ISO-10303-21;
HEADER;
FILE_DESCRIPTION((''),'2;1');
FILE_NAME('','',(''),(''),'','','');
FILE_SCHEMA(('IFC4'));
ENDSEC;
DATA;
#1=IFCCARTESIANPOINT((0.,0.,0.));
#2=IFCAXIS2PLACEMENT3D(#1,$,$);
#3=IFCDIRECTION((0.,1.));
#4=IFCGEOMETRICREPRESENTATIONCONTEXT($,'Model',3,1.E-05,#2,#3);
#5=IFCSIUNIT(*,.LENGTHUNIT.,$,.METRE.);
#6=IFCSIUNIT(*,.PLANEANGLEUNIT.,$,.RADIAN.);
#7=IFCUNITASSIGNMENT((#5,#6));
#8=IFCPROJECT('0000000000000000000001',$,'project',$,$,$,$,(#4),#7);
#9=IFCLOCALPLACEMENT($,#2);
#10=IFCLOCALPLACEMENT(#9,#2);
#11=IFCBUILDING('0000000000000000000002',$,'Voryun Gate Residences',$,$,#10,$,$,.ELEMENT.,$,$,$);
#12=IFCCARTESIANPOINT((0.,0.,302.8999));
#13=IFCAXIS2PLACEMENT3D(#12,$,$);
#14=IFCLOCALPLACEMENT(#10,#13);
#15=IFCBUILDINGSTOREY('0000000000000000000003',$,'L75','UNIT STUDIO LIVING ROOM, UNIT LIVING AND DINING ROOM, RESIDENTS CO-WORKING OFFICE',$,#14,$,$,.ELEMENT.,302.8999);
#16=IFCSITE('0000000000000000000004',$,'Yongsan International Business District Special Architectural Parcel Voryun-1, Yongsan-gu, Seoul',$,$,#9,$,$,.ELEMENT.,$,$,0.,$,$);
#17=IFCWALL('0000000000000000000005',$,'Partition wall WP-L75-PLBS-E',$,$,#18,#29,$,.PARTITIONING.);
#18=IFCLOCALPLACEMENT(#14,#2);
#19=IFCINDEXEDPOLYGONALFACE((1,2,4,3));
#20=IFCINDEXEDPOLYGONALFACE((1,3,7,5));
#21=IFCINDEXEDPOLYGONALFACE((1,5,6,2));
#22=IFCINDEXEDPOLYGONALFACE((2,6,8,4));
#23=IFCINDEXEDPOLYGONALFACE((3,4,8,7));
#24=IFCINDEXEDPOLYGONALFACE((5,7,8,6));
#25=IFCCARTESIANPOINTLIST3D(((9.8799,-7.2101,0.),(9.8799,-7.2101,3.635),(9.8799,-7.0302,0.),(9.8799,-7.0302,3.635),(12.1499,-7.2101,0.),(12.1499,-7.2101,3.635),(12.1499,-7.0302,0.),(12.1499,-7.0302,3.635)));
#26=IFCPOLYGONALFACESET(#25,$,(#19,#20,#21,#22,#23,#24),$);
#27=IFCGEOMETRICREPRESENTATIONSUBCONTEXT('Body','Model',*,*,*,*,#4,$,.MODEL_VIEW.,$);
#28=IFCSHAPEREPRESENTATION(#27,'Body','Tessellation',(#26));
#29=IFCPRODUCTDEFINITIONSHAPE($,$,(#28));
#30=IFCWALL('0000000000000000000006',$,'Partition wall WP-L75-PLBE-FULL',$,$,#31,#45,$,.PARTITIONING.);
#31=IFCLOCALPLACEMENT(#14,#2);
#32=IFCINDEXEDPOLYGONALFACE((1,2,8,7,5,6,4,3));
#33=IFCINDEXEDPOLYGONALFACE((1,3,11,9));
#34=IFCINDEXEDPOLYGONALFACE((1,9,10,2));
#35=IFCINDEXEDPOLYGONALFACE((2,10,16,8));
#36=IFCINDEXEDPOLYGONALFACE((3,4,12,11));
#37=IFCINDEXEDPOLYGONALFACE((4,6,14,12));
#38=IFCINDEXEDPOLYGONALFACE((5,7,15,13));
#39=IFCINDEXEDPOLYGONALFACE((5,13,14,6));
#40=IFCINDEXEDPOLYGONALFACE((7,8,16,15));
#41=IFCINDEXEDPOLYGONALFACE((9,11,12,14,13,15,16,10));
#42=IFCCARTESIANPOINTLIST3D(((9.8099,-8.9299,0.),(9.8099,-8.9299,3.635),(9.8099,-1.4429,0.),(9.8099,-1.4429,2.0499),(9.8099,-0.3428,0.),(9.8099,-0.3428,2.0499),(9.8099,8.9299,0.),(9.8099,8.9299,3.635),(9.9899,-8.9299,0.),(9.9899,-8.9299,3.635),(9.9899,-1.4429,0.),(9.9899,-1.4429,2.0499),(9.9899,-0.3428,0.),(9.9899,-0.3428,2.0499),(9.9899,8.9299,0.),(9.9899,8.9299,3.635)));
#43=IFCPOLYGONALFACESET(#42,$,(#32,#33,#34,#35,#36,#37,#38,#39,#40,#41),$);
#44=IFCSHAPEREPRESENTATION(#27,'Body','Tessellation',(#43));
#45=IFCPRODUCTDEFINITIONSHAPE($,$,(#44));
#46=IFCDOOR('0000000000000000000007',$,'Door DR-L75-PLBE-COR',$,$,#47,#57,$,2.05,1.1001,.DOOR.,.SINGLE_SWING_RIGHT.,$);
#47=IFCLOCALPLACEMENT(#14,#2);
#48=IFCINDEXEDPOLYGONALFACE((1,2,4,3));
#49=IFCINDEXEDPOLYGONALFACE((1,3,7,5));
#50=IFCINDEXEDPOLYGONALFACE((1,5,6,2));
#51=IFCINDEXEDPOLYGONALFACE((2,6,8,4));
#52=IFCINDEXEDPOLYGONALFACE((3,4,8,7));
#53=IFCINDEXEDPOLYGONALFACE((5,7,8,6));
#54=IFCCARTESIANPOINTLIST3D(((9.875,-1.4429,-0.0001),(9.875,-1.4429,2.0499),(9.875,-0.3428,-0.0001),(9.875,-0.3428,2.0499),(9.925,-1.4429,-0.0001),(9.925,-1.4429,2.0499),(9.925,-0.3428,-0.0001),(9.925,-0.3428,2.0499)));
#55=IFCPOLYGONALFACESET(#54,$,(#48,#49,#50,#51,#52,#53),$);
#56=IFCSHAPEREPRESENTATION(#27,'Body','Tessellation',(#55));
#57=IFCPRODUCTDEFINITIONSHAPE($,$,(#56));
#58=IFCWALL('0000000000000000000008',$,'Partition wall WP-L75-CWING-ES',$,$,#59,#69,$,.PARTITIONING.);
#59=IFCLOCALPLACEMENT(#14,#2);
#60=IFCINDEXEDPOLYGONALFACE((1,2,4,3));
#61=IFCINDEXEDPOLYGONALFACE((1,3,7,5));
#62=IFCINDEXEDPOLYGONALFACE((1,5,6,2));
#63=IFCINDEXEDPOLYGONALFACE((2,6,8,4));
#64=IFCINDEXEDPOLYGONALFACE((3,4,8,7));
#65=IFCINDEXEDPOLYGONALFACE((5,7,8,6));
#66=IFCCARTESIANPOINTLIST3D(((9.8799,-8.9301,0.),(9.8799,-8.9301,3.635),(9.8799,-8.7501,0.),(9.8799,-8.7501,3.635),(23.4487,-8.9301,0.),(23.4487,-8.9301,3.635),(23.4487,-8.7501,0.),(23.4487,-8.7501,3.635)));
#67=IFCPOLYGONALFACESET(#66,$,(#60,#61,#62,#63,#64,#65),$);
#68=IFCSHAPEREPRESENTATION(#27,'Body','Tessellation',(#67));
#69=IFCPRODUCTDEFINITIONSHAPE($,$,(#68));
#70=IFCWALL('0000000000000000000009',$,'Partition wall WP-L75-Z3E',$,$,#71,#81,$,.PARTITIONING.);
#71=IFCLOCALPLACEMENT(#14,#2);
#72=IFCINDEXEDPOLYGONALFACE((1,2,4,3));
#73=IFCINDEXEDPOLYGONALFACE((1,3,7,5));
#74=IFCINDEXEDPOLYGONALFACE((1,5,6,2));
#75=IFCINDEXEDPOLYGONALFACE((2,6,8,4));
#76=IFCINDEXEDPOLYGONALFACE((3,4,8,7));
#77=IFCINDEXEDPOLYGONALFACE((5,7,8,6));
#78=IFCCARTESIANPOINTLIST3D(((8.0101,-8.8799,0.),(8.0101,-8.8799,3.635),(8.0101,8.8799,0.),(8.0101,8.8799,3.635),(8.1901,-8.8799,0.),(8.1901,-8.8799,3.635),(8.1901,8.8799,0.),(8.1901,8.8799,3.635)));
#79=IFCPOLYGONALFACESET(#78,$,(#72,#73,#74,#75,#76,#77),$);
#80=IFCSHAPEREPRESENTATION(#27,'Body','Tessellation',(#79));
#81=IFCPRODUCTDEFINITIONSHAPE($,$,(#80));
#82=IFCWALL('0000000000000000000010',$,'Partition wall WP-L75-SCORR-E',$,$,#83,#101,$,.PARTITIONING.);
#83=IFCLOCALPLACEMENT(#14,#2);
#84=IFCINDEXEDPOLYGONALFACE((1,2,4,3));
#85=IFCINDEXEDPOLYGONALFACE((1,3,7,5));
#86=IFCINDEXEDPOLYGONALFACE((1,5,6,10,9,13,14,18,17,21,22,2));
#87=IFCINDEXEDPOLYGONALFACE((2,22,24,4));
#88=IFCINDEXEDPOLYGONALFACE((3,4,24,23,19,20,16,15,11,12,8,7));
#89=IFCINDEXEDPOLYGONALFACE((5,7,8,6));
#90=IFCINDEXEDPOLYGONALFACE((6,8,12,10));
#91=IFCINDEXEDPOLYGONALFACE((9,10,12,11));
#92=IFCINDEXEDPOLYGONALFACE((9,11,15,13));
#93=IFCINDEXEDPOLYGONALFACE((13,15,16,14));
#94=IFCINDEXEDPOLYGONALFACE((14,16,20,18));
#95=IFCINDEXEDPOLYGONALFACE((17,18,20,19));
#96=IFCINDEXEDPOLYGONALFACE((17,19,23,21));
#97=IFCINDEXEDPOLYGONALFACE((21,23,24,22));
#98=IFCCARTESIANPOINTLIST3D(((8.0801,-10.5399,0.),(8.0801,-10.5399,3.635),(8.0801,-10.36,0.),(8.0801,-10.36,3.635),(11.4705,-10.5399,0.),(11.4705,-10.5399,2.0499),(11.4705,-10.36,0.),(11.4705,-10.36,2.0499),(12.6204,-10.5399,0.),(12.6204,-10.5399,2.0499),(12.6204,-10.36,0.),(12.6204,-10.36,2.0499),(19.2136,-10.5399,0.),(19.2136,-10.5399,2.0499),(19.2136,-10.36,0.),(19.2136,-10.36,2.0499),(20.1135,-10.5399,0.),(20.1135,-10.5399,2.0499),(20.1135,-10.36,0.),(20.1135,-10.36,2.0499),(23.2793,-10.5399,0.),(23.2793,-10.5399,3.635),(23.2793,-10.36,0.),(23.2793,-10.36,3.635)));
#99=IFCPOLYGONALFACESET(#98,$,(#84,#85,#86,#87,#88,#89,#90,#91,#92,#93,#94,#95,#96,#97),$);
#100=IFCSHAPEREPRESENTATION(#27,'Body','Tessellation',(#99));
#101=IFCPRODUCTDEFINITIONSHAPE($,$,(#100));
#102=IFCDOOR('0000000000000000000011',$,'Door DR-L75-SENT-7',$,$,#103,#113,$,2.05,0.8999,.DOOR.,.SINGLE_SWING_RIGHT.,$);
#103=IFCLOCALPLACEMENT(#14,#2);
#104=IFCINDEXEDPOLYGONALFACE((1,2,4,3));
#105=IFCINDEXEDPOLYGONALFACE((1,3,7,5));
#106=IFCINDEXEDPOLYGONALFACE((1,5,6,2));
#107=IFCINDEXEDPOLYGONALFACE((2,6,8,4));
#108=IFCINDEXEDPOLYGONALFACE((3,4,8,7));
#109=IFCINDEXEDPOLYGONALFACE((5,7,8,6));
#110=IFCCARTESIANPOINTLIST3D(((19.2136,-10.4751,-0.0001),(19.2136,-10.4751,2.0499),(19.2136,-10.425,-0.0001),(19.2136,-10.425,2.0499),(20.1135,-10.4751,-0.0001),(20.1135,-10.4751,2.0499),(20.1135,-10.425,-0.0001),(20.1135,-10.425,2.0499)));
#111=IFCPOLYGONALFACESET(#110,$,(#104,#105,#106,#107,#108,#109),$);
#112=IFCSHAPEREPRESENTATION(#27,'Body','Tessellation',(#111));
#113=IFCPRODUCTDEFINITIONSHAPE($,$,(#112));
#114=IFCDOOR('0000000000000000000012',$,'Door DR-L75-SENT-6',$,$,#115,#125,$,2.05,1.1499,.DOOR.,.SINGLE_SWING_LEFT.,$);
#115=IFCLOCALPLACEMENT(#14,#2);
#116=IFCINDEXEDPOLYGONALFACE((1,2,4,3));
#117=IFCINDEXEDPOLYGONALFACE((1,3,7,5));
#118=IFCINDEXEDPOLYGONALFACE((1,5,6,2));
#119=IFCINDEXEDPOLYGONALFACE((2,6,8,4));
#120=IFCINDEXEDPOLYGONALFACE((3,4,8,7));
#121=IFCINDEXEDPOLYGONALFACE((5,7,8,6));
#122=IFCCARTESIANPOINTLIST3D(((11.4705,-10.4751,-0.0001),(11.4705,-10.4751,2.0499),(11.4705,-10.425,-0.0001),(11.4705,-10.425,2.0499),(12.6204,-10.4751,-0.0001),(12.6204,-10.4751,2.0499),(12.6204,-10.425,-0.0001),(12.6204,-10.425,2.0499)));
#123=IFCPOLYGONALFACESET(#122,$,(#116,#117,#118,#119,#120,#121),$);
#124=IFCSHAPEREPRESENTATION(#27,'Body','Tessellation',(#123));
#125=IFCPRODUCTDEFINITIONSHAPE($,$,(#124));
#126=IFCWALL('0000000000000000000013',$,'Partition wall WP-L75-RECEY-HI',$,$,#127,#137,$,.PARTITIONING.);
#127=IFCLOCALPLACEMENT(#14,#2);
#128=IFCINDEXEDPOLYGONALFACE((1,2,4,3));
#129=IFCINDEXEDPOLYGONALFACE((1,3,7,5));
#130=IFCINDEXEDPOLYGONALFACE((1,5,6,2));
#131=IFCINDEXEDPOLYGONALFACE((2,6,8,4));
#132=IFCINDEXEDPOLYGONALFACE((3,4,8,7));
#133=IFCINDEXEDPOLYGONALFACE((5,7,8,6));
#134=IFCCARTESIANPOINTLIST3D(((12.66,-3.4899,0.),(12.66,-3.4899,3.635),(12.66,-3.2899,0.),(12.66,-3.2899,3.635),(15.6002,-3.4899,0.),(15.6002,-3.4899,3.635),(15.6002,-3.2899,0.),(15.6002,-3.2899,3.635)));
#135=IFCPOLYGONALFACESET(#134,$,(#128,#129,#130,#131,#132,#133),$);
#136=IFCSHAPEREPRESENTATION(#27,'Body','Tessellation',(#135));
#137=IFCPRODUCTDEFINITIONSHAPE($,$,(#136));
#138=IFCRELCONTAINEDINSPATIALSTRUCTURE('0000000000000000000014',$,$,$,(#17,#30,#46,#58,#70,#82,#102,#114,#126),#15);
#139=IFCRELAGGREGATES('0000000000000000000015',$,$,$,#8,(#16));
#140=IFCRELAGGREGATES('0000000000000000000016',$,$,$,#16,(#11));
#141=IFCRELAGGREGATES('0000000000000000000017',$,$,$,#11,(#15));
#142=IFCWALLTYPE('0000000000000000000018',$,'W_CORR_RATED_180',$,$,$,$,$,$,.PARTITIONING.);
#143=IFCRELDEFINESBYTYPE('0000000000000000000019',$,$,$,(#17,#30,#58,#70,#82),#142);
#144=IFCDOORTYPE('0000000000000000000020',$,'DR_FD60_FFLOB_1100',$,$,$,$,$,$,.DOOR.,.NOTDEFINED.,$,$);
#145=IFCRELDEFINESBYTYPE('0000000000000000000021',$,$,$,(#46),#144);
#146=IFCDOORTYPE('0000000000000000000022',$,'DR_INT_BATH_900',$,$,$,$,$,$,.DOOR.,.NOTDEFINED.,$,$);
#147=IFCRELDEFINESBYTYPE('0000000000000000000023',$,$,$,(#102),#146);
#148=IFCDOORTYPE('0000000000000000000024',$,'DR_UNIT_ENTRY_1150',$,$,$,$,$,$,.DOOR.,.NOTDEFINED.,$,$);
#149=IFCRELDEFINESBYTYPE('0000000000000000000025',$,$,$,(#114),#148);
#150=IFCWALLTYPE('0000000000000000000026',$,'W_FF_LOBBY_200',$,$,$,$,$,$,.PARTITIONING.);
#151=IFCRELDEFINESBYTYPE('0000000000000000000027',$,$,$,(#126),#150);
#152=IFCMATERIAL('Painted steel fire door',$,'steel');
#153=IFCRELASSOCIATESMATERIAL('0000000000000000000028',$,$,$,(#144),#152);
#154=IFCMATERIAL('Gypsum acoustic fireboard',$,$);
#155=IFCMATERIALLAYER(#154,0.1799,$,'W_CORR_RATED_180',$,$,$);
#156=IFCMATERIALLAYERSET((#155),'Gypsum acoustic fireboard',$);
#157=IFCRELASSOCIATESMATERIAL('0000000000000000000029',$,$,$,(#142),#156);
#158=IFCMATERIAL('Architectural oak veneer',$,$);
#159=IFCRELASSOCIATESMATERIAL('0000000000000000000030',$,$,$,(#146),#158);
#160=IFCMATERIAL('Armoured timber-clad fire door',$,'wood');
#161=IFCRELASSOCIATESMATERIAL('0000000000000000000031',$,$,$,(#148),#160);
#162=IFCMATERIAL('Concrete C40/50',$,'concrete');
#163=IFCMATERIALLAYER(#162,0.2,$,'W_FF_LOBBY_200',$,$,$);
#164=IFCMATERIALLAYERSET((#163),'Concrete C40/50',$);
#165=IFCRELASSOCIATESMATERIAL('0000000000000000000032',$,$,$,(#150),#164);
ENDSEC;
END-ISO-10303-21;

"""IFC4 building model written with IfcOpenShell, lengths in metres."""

from ifc_helpers import new_model, si_unit, direction, frame, frame_2d, origin, place, context, subcontext, project, spatial, rectangle, extrude, material, layer, layer_set, type_object, element, fill, save


model = new_model("IFC4")

# Units and contexts
model_context = context("Model", 3, precision=1e-05, world=origin(), true_north=direction((0.0, 1.0)))
body_context = subcontext(model_context, "Body", "Model", "MODEL_VIEW")
ifc_project = project(units=[si_unit("LENGTHUNIT", "METRE"), si_unit("PLANEANGLEUNIT", "RADIAN")], contexts=[model_context])

# Site, building, storey
site_placement = place(None, origin())
site = spatial("IfcSite", under=ifc_project, at=site_placement, Name="Yongsan International Business District Special Architectural Parcel Voryun-1, Yongsan-gu, Seoul", CompositionType="ELEMENT", RefElevation=0.0)
building_placement = place(site_placement, origin())
building = spatial("IfcBuilding", under=site, at=building_placement, Name="Voryun Gate Residences", CompositionType="ELEMENT")
storey_placement = place(building_placement, frame((0.0, 0.0, 302.8999)))
storey = spatial("IfcBuildingStorey", under=building, at=storey_placement, Name="L75", Description="UNIT STUDIO LIVING ROOM, UNIT LIVING AND DINING ROOM, RESIDENTS CO-WORKING OFFICE", CompositionType="ELEMENT", Elevation=302.8999)

# Shared definitions
ifc_material_1 = material(Name="Painted steel fire door", Category="steel")
door_type_1 = type_object("IfcDoorType", Name="DR_FD60_FFLOB_1100", OperationType="NOTDEFINED", PredefinedType="DOOR", material=ifc_material_1)

# Wall
ifc_material_2 = material(Name="Gypsum acoustic fireboard")
ifc_layer_1 = layer(ifc_material_2, 0.1799, Name="W_CORR_RATED_180")
ifc_layer_set_1 = layer_set([ifc_layer_1], Name="Gypsum acoustic fireboard")
wall_type_1 = type_object("IfcWallType", Name="W_CORR_RATED_180", PredefinedType="PARTITIONING", material=ifc_layer_set_1)
wall_1_placement = place(storey_placement, frame((9.8799, -7.1201, 0.0), z_axis=(0.0, 0.0, 1.0), x_axis=(1.0, 0.0, 0.0)))
element("IfcWall", 1, at=wall_1_placement, inside=storey, type_object=wall_type_1, Name="Partition wall WP-L75-PLBS-E", PredefinedType="PARTITIONING", context=body_context, shape_type="SweptSolid", body=[
    extrude(rectangle(XDim=2.27, YDim=0.1799, at=frame_2d((1.135, 0.0))), origin(), (0.0, 0.0, 1.0), 3.635),
])

# Wall, opening, door
wall_2_placement = place(storey_placement, frame((9.8999, -8.9299, 0.0), z_axis=(0.0, 0.0, 1.0), x_axis=(0.0, 1.0, 0.0)))
wall_2 = element("IfcWall", 2, at=wall_2_placement, inside=storey, type_object=wall_type_1, Name="Partition wall WP-L75-PLBE-FULL", PredefinedType="PARTITIONING", context=body_context, shape_type="SweptSolid", body=[
    extrude(rectangle(XDim=17.8599, YDim=0.1799, at=frame_2d((8.9299, 0.0))), origin(), (0.0, 0.0, 1.0), 3.635),
])
opening_1_placement = place(wall_2_placement, frame((7.4871, 0.0, 0.0)))
opening_1 = element("IfcOpeningElement", 3, at=opening_1_placement, cuts=wall_2, PredefinedType="OPENING", context=body_context, shape_type="SweptSolid", body=[
    extrude(rectangle(XDim=1.1001, YDim=2.05, at=frame_2d((0.55, 1.0249))), frame((0.0, 0.0999, 0.0), z_axis=(0.0, -1.0, 0.0), x_axis=(1.0, 0.0, 0.0)), (0.0, 0.0, 1.0), 0.2),
])
door_1_placement = place(opening_1_placement, origin())
door_1 = element("IfcDoor", 4, at=door_1_placement, inside=storey, type_object=door_type_1, Name="Door DR-L75-PLBE-COR", OperationType="SINGLE_SWING_RIGHT", OverallHeight=2.05, OverallWidth=1.1001, PredefinedType="DOOR", context=body_context, shape_type="SweptSolid", body=[
    extrude(rectangle(XDim=1.1001, YDim=2.05, at=frame_2d((0.55, 1.0249))), frame((0.0, 0.0249, 0.0), z_axis=(0.0, -1.0, 0.0), x_axis=(1.0, 0.0, 0.0)), (0.0, 0.0, 1.0), 0.05),
])
fill(opening_1, door_1)

# Walls
wall_3_placement = place(storey_placement, frame((9.8799, -8.8401, 0.0), z_axis=(0.0, 0.0, 1.0), x_axis=(1.0, 0.0, 0.0)))
element("IfcWall", 5, at=wall_3_placement, inside=storey, type_object=wall_type_1, Name="Partition wall WP-L75-CWING-ES", PredefinedType="PARTITIONING", context=body_context, shape_type="SweptSolid", body=[
    extrude(rectangle(XDim=13.5688, YDim=0.1799, at=frame_2d((6.7844, 0.0))), origin(), (0.0, 0.0, 1.0), 3.635),
])
wall_4_placement = place(storey_placement, frame((8.1001, -8.8799, 0.0), z_axis=(0.0, 0.0, 1.0), x_axis=(0.0, 1.0, 0.0)))
element("IfcWall", 6, at=wall_4_placement, inside=storey, type_object=wall_type_1, Name="Partition wall WP-L75-Z3E", PredefinedType="PARTITIONING", context=body_context, shape_type="SweptSolid", body=[
    extrude(rectangle(XDim=17.7598, YDim=0.1799, at=frame_2d((8.8799, 0.0))), origin(), (0.0, 0.0, 1.0), 3.635),
])

# Wall, openings, doors
wall_5_placement = place(storey_placement, frame((8.0801, -10.45, 0.0), z_axis=(0.0, 0.0, 1.0), x_axis=(1.0, 0.0, 0.0)))
wall_5 = element("IfcWall", 7, at=wall_5_placement, inside=storey, type_object=wall_type_1, Name="Partition wall WP-L75-SCORR-E", PredefinedType="PARTITIONING", context=body_context, shape_type="SweptSolid", body=[
    extrude(rectangle(XDim=15.1992, YDim=0.1799, at=frame_2d((7.5996, 0.0))), origin(), (0.0, 0.0, 1.0), 3.635),
])
opening_2_placement = place(wall_5_placement, frame((3.3904, 0.0, 0.0)))
opening_2 = element("IfcOpeningElement", 8, at=opening_2_placement, cuts=wall_5, PredefinedType="OPENING", context=body_context, shape_type="SweptSolid", body=[
    extrude(rectangle(XDim=1.1499, YDim=2.05, at=frame_2d((0.575, 1.0249))), frame((0.0, 0.0999, 0.0), z_axis=(0.0, -1.0, 0.0), x_axis=(1.0, 0.0, 0.0)), (0.0, 0.0, 1.0), 0.2),
])
opening_3_placement = place(wall_5_placement, frame((11.1335, 0.0, 0.0)))
opening_3 = element("IfcOpeningElement", 9, at=opening_3_placement, cuts=wall_5, PredefinedType="OPENING", context=body_context, shape_type="SweptSolid", body=[
    extrude(rectangle(XDim=0.8999, YDim=2.05, at=frame_2d((0.45, 1.0249))), frame((0.0, 0.0999, 0.0), z_axis=(0.0, -1.0, 0.0), x_axis=(1.0, 0.0, 0.0)), (0.0, 0.0, 1.0), 0.2),
])
ifc_material_3 = material(Name="Architectural oak veneer")
door_type_2 = type_object("IfcDoorType", Name="DR_INT_BATH_900", OperationType="NOTDEFINED", PredefinedType="DOOR", material=ifc_material_3)
door_2_placement = place(opening_3_placement, origin())
door_2 = element("IfcDoor", 10, at=door_2_placement, inside=storey, type_object=door_type_2, Name="Door DR-L75-SENT-7", OperationType="SINGLE_SWING_RIGHT", OverallHeight=2.05, OverallWidth=0.8999, PredefinedType="DOOR", context=body_context, shape_type="SweptSolid", body=[
    extrude(rectangle(XDim=0.8999, YDim=2.05, at=frame_2d((0.45, 1.0249))), frame((0.0, 0.0249, 0.0), z_axis=(0.0, -1.0, 0.0), x_axis=(1.0, 0.0, 0.0)), (0.0, 0.0, 1.0), 0.05),
])
fill(opening_3, door_2)
ifc_material_4 = material(Name="Armoured timber-clad fire door", Category="wood")
door_type_3 = type_object("IfcDoorType", Name="DR_UNIT_ENTRY_1150", OperationType="NOTDEFINED", PredefinedType="DOOR", material=ifc_material_4)
door_3_placement = place(opening_2_placement, origin())
door_3 = element("IfcDoor", 11, at=door_3_placement, inside=storey, type_object=door_type_3, Name="Door DR-L75-SENT-6", OperationType="SINGLE_SWING_LEFT", OverallHeight=2.05, OverallWidth=1.1499, PredefinedType="DOOR", context=body_context, shape_type="SweptSolid", body=[
    extrude(rectangle(XDim=1.1499, YDim=2.05, at=frame_2d((0.575, 1.0249))), frame((0.0, 0.0249, 0.0), z_axis=(0.0, -1.0, 0.0), x_axis=(1.0, 0.0, 0.0)), (0.0, 0.0, 1.0), 0.05),
])
fill(opening_2, door_3)

# Wall
ifc_material_5 = material(Name="Concrete C40/50", Category="concrete")
ifc_layer_2 = layer(ifc_material_5, 0.2, Name="W_FF_LOBBY_200")
ifc_layer_set_2 = layer_set([ifc_layer_2], Name="Concrete C40/50")
wall_type_2 = type_object("IfcWallType", Name="W_FF_LOBBY_200", PredefinedType="PARTITIONING", material=ifc_layer_set_2)
wall_6_placement = place(storey_placement, frame((12.6599, -3.3899, 0.0), z_axis=(0.0, 0.0, 1.0), x_axis=(1.0, 0.0, 0.0)))
element("IfcWall", 12, at=wall_6_placement, inside=storey, type_object=wall_type_2, Name="Partition wall WP-L75-RECEY-HI", PredefinedType="PARTITIONING", context=body_context, shape_type="SweptSolid", body=[
    extrude(rectangle(XDim=2.9402, YDim=0.2, at=frame_2d((1.4702, 0.0))), origin(), (0.0, 0.0, 1.0), 3.635),
])

save(model, "model.ifc")
